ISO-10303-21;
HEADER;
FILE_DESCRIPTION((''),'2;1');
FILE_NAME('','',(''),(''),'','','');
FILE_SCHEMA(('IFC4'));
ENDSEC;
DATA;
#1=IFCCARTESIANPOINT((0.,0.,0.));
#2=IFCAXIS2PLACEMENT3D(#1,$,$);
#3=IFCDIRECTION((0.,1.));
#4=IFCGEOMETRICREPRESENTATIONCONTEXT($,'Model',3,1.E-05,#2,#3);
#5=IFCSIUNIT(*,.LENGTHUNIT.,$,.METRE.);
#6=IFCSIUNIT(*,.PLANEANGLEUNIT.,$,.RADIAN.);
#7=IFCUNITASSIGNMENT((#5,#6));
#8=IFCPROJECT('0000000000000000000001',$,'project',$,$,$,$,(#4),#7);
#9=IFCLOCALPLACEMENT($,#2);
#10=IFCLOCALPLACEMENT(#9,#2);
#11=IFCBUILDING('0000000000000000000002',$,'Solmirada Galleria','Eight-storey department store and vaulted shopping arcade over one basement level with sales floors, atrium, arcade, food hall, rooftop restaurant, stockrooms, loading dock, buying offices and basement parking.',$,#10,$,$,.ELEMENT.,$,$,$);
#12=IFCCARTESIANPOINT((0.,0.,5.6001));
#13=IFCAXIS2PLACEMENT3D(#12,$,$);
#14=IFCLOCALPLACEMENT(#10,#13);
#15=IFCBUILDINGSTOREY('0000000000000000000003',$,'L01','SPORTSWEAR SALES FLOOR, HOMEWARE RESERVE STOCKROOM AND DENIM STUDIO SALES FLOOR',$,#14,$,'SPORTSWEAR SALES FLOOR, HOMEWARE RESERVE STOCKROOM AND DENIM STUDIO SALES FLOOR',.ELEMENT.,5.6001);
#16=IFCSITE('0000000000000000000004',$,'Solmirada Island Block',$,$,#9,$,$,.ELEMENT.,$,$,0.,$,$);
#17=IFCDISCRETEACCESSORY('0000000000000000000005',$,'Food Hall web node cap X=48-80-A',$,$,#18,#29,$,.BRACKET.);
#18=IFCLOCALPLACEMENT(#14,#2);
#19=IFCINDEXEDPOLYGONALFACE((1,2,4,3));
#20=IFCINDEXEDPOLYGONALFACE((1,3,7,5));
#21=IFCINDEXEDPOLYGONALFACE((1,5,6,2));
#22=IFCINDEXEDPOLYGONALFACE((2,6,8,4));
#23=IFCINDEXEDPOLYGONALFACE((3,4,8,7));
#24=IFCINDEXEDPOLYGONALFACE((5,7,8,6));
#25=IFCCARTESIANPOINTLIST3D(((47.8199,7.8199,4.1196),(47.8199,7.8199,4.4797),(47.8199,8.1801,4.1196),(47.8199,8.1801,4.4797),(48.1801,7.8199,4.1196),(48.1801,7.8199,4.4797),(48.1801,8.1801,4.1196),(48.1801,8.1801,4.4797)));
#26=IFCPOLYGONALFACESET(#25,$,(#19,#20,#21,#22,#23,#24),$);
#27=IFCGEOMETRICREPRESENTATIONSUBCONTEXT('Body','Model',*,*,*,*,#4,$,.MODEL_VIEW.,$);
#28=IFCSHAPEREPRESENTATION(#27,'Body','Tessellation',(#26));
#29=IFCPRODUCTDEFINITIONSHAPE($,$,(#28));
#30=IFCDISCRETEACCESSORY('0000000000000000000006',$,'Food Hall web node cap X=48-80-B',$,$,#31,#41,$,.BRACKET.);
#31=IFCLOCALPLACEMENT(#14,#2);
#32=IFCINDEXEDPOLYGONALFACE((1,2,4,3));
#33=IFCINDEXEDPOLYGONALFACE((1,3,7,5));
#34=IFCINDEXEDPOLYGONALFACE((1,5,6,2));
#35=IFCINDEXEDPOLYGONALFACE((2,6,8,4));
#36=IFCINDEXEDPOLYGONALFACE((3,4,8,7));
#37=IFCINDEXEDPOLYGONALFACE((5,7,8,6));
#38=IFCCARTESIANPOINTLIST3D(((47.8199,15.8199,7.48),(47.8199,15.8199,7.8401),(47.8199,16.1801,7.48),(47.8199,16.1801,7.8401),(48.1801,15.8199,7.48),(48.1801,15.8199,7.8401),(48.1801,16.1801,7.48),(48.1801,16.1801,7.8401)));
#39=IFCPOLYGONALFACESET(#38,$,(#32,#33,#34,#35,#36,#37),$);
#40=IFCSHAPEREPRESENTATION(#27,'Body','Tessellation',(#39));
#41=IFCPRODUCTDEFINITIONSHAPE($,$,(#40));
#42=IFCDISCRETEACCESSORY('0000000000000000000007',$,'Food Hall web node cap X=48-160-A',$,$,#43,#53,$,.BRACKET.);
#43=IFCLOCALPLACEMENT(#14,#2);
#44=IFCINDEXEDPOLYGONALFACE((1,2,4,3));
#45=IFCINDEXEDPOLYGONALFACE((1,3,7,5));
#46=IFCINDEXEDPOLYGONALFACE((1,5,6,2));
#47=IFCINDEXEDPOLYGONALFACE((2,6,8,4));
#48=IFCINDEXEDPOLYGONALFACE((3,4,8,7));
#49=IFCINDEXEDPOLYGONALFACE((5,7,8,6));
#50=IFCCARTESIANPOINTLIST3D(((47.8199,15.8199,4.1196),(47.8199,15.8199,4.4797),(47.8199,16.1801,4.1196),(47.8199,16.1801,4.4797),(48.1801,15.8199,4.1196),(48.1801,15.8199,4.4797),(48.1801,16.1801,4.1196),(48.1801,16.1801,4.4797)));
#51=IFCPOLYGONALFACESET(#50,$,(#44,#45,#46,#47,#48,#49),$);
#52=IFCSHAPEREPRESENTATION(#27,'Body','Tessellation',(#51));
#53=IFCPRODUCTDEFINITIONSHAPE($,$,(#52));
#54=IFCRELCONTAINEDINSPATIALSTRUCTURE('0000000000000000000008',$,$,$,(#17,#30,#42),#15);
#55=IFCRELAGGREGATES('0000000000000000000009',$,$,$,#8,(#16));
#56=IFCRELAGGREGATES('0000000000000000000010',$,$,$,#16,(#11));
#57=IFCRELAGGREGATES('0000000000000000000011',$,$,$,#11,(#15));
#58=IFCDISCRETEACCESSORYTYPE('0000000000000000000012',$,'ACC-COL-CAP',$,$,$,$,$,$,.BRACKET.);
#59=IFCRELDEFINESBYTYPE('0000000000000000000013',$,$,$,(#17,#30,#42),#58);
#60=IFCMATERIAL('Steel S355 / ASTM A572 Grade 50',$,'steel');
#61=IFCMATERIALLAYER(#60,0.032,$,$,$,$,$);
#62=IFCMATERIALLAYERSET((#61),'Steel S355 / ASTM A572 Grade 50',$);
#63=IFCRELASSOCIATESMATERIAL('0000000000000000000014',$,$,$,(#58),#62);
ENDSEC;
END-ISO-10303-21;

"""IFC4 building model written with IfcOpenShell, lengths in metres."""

from ifc_helpers import new_model, si_unit, direction, frame, origin, origin_2d, place, context, subcontext, project, spatial, rectangle, extrude, material, layer, layer_set, type_object, element, save


model = new_model("IFC4")

# Units and contexts
model_context = context("Model", 3, precision=1e-05, world=origin(), true_north=direction((0.0, 1.0)))
body_context = subcontext(model_context, "Body", "Model", "MODEL_VIEW")
ifc_project = project(units=[si_unit("LENGTHUNIT", "METRE"), si_unit("PLANEANGLEUNIT", "RADIAN")], contexts=[model_context])

# Site, building, storey
site_placement = place(None, origin())
site = spatial("IfcSite", under=ifc_project, at=site_placement, Name="Solmirada Island Block", CompositionType="ELEMENT", RefElevation=0.0)
building_placement = place(site_placement, origin())
building = spatial("IfcBuilding", under=site, at=building_placement, Name="Solmirada Galleria", Description="Eight-storey department store and vaulted shopping arcade over one basement level with sales floors, atrium, arcade, food hall, rooftop restaurant, stockrooms, loading dock, buying offices and basement parking.", CompositionType="ELEMENT")
storey_placement = place(building_placement, frame((0.0, 0.0, 5.6001)))
storey = spatial("IfcBuildingStorey", under=building, at=storey_placement, Name="L01", Description="SPORTSWEAR SALES FLOOR, HOMEWARE RESERVE STOCKROOM AND DENIM STUDIO SALES FLOOR", LongName="SPORTSWEAR SALES FLOOR, HOMEWARE RESERVE STOCKROOM AND DENIM STUDIO SALES FLOOR", CompositionType="ELEMENT", Elevation=5.6001)

# Discrete accessories
ifc_material_1 = material(Name="Steel S355 / ASTM A572 Grade 50", Category="steel")
ifc_layer_1 = layer(ifc_material_1, 0.032)
ifc_layer_set_1 = layer_set([ifc_layer_1], Name="Steel S355 / ASTM A572 Grade 50")
discrete_accessory_type = type_object("IfcDiscreteAccessoryType", Name="ACC-COL-CAP", PredefinedType="BRACKET", material=ifc_layer_set_1)
for number, where, z_axis, x_axis, name in (
    (1, (48.0, 8.0, 4.1196), (0.0, 0.0, 1.0), (1.0, 0.0, 0.0), "Food Hall web node cap X=48-80-A"),
    (2, (48.0, 16.0, 7.48), (0.0, 0.0, 1.0), (1.0, 0.0, 0.0), "Food Hall web node cap X=48-80-B"),
    (3, (48.0, 16.0, 4.1196), (0.0, 0.0, 1.0), (1.0, 0.0, 0.0), "Food Hall web node cap X=48-160-A"),
):
    element("IfcDiscreteAccessory", number, at=place(storey_placement, frame(where, z_axis=z_axis, x_axis=x_axis)), inside=storey, type_object=discrete_accessory_type, Name=name, PredefinedType="BRACKET", context=body_context, shape_type="SweptSolid", body=[
        extrude(rectangle(XDim=0.3601, YDim=0.3601, at=origin_2d()), origin(), (0.0, 0.0, 1.0), 0.3601),
    ])

save(model, "model.ifc")
